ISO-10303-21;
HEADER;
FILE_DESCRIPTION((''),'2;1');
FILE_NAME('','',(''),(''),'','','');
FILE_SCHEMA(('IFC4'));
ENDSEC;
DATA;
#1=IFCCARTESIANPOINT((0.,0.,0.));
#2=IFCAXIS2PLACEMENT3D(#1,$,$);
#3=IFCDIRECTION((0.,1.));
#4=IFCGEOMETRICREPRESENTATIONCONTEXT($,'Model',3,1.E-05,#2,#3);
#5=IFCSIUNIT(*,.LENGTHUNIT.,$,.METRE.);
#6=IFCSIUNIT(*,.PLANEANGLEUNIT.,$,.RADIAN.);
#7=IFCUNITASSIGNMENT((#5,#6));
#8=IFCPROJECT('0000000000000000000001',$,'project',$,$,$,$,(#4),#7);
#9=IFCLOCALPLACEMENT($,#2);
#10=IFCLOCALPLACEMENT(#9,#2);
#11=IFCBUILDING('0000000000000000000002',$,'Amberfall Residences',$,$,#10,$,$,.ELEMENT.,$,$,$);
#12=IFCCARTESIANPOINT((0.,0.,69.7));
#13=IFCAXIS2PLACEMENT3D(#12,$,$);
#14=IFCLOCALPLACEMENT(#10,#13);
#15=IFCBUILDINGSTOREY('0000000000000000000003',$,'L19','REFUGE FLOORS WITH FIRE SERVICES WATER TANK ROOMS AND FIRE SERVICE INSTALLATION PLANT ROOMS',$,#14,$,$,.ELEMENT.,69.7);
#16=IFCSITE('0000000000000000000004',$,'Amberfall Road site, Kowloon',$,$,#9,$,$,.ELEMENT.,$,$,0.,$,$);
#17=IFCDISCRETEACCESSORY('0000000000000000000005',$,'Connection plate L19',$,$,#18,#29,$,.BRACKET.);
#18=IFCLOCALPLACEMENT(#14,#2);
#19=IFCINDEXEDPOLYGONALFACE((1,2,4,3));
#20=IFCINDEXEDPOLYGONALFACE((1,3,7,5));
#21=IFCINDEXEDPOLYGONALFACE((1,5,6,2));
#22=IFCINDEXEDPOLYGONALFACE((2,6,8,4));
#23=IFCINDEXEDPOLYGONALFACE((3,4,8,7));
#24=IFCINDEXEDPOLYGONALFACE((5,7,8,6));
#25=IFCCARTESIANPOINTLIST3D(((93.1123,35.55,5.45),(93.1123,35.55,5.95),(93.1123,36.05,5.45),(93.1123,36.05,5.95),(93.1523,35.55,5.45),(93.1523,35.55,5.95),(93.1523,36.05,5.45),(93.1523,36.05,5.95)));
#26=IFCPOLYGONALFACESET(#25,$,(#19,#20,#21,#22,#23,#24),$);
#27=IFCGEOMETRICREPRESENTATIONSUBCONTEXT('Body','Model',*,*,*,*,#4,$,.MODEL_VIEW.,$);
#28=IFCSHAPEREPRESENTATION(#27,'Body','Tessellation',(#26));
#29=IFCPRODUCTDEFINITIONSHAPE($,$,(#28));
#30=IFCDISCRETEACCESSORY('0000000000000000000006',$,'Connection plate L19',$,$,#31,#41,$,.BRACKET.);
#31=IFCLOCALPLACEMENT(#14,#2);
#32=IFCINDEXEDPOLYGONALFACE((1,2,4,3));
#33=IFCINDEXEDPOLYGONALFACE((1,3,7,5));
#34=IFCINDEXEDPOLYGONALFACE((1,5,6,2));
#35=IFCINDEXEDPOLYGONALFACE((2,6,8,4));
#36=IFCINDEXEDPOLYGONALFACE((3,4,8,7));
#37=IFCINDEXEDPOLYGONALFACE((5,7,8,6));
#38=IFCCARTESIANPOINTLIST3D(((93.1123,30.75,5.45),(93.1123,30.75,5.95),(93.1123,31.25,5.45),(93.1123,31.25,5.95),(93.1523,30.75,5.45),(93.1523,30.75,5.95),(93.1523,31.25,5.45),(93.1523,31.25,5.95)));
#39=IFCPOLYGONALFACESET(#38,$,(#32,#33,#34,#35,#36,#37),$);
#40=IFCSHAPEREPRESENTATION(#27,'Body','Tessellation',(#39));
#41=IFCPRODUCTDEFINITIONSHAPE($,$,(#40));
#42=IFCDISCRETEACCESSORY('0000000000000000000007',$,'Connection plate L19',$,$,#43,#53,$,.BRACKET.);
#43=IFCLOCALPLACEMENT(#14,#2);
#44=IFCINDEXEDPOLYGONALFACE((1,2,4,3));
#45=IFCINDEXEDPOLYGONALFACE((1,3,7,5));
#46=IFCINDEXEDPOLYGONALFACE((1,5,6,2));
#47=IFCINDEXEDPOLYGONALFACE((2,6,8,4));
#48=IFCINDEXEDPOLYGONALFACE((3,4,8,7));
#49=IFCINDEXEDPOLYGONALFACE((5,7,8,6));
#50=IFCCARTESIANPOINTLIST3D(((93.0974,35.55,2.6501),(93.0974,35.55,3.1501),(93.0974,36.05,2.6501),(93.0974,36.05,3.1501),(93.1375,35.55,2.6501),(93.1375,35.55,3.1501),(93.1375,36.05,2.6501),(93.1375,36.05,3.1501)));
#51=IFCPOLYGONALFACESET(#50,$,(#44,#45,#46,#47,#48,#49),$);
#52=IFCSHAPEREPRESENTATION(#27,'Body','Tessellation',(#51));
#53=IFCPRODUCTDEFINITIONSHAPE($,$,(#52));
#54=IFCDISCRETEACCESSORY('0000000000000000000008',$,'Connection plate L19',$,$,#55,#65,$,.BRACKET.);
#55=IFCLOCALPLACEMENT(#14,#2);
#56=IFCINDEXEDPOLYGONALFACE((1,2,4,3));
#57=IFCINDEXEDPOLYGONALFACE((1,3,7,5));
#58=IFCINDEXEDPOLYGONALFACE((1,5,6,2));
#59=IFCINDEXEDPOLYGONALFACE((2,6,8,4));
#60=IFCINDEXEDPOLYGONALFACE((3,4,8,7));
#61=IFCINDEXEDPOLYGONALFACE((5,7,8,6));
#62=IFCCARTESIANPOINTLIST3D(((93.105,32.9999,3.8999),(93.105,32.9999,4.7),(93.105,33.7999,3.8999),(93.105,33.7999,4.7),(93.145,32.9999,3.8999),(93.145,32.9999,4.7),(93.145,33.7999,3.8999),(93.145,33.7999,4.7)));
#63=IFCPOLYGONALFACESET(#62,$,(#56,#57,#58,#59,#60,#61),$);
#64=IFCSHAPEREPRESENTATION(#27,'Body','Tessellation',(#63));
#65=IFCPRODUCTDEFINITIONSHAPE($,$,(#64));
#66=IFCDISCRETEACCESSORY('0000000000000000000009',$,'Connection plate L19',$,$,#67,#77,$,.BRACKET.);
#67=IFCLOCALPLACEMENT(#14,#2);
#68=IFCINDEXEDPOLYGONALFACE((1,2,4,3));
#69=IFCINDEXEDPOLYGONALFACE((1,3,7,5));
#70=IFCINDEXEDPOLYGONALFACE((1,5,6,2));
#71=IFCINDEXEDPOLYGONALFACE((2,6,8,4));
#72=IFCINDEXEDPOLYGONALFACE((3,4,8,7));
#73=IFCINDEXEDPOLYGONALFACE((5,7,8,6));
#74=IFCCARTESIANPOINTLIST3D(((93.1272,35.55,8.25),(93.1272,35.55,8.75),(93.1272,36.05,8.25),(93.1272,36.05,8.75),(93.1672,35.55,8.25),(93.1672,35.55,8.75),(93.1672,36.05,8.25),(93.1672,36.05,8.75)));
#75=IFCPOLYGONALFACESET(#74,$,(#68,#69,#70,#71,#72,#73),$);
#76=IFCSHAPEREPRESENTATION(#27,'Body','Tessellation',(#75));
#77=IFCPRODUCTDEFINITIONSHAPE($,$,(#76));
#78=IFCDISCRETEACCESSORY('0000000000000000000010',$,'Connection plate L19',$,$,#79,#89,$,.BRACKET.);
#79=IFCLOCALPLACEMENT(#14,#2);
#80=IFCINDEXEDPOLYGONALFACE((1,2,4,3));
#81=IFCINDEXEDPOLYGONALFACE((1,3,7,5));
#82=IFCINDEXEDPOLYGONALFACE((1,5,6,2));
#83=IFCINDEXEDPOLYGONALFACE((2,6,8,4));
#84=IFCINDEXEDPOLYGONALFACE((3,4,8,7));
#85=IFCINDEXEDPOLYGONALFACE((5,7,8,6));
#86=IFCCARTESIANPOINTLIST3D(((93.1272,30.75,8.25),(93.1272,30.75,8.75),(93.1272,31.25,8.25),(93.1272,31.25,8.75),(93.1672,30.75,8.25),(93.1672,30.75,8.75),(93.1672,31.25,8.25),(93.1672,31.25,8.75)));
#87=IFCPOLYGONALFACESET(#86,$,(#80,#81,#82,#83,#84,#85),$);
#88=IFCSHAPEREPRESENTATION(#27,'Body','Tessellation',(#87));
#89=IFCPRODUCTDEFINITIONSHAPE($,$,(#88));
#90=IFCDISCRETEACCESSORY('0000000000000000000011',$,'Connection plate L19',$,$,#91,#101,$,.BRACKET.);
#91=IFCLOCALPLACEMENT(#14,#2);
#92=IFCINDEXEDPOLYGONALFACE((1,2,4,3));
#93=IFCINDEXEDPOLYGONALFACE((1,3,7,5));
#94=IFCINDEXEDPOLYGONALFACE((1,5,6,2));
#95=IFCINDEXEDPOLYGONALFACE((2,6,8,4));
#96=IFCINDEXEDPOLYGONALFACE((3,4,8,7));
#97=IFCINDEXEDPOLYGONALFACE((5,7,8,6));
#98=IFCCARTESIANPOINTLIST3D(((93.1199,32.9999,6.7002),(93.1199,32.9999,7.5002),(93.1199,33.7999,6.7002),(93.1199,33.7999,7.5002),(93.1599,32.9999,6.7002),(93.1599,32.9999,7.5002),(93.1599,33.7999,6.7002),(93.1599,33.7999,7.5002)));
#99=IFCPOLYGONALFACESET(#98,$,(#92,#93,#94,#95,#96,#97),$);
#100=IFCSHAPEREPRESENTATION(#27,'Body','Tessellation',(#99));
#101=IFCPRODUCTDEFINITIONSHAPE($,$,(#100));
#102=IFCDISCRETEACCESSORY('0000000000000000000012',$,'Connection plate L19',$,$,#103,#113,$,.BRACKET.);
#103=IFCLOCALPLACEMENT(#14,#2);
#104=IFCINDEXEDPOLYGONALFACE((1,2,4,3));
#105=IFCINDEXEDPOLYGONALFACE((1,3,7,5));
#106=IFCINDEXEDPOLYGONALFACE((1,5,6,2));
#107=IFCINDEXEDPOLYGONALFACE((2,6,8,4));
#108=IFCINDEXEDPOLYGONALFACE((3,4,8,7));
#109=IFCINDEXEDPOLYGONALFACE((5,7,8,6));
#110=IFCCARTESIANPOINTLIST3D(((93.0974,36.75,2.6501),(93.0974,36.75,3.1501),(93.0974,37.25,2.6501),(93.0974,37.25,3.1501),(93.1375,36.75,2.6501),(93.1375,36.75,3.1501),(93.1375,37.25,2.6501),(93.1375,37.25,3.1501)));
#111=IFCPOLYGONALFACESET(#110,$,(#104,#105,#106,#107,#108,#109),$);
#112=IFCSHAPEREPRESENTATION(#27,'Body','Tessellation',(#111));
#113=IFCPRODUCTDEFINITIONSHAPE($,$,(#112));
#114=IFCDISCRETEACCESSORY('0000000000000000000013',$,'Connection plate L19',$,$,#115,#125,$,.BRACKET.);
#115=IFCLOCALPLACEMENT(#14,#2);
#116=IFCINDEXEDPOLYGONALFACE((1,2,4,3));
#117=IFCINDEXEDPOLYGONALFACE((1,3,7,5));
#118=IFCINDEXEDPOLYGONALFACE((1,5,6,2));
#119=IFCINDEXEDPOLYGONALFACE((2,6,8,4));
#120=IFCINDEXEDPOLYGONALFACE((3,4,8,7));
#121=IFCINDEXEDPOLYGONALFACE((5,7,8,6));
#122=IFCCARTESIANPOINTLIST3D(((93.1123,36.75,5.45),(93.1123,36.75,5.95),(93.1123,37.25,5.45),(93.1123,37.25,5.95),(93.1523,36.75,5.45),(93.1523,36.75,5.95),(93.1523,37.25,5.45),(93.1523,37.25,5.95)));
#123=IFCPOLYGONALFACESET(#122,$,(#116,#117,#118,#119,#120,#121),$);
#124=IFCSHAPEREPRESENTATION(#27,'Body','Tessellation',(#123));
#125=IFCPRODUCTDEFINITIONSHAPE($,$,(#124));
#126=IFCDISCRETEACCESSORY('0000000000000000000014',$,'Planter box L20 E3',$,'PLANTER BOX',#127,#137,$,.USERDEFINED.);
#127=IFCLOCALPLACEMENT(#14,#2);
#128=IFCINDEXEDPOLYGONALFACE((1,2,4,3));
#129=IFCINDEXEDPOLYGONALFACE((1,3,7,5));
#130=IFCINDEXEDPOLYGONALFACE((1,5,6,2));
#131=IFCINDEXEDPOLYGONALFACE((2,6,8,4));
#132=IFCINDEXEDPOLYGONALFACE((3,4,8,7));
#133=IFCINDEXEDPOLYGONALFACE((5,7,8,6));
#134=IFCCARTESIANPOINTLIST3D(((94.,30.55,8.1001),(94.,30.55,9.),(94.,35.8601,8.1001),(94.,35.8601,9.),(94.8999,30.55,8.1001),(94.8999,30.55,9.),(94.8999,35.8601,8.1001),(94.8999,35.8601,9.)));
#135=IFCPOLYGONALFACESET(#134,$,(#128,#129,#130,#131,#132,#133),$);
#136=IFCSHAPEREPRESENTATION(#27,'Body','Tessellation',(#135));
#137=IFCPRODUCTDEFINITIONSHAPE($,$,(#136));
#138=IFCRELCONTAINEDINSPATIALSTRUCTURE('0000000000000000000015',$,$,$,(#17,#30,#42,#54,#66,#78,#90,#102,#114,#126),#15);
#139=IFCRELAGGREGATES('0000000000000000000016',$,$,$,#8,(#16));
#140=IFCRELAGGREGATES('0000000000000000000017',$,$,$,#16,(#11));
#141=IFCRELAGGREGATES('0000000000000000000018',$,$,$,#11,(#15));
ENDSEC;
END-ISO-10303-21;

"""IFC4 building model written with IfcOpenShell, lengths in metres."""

from ifc_helpers import new_model, si_unit, direction, frame, origin, origin_2d, place, context, subcontext, project, spatial, rectangle, extrude, element, save


model = new_model("IFC4")

# Units and contexts
model_context = context("Model", 3, precision=1e-05, world=origin(), true_north=direction((0.0, 1.0)))
body_context = subcontext(model_context, "Body", "Model", "MODEL_VIEW")
ifc_project = project(units=[si_unit("LENGTHUNIT", "METRE"), si_unit("PLANEANGLEUNIT", "RADIAN")], contexts=[model_context])

# Site, building, storey
site_placement = place(None, origin())
site = spatial("IfcSite", under=ifc_project, at=site_placement, Name="Amberfall Road site, Kowloon", CompositionType="ELEMENT", RefElevation=0.0)
building_placement = place(site_placement, origin())
building = spatial("IfcBuilding", under=site, at=building_placement, Name="Amberfall Residences", CompositionType="ELEMENT")
storey_placement = place(building_placement, frame((0.0, 0.0, 69.7)))
storey = spatial("IfcBuildingStorey", under=building, at=storey_placement, Name="L19", Description="REFUGE FLOORS WITH FIRE SERVICES WATER TANK ROOMS AND FIRE SERVICE INSTALLATION PLANT ROOMS", CompositionType="ELEMENT", Elevation=69.7)

# Discrete accessories
for number, where, z_axis, x_axis, name in (
    (1, (93.1323, 35.8, 5.45), (0.0, 0.0, 1.0), (0.0, 1.0, 0.0), "Connection plate L19"),
    (2, (93.1323, 31.0, 5.45), (0.0, 0.0, 1.0), (0.0, 1.0, 0.0), "Connection plate L19"),
    (3, (93.1174, 35.8, 2.6501), (0.0, 0.0, 1.0), (0.0, 1.0, 0.0), "Connection plate L19"),
):
    element("IfcDiscreteAccessory", number, at=place(storey_placement, frame(where, z_axis=z_axis, x_axis=x_axis)), inside=storey, Name=name, PredefinedType="BRACKET", context=body_context, shape_type="SweptSolid", body=[
        extrude(rectangle(XDim=0.5, YDim=0.04, at=origin_2d()), origin(), (0.0, 0.0, 1.0), 0.5),
    ])
discrete_accessory_1_placement = place(storey_placement, frame((93.125, 33.3999, 3.8999), z_axis=(0.0, 0.0, 1.0), x_axis=(0.0, 1.0, 0.0)))
element("IfcDiscreteAccessory", 4, at=discrete_accessory_1_placement, inside=storey, Name="Connection plate L19", PredefinedType="BRACKET", context=body_context, shape_type="SweptSolid", body=[
    extrude(rectangle(XDim=0.8, YDim=0.04, at=origin_2d()), origin(), (0.0, 0.0, 1.0), 0.8),
])
for number, where, z_axis, x_axis, name in (
    (5, (93.1472, 35.8, 8.25), (0.0, 0.0, 1.0), (0.0, 1.0, 0.0), "Connection plate L19"),
    (6, (93.1472, 31.0, 8.25), (0.0, 0.0, 1.0), (0.0, 1.0, 0.0), "Connection plate L19"),
):
    element("IfcDiscreteAccessory", number, at=place(storey_placement, frame(where, z_axis=z_axis, x_axis=x_axis)), inside=storey, Name=name, PredefinedType="BRACKET", context=body_context, shape_type="SweptSolid", body=[
        extrude(rectangle(XDim=0.5, YDim=0.04, at=origin_2d()), origin(), (0.0, 0.0, 1.0), 0.5),
    ])
discrete_accessory_2_placement = place(storey_placement, frame((93.1399, 33.3999, 6.7002), z_axis=(0.0, 0.0, 1.0), x_axis=(0.0, 1.0, 0.0)))
element("IfcDiscreteAccessory", 7, at=discrete_accessory_2_placement, inside=storey, Name="Connection plate L19", PredefinedType="BRACKET", context=body_context, shape_type="SweptSolid", body=[
    extrude(rectangle(XDim=0.8, YDim=0.04, at=origin_2d()), origin(), (0.0, 0.0, 1.0), 0.8),
])
for number, where, z_axis, x_axis, name in (
    (8, (93.1174, 37.0, 2.6501), (0.0, 0.0, 1.0), (0.0, 1.0, 0.0), "Connection plate L19"),
    (9, (93.1323, 37.0, 5.45), (0.0, 0.0, 1.0), (0.0, 1.0, 0.0), "Connection plate L19"),
):
    element("IfcDiscreteAccessory", number, at=place(storey_placement, frame(where, z_axis=z_axis, x_axis=x_axis)), inside=storey, Name=name, PredefinedType="BRACKET", context=body_context, shape_type="SweptSolid", body=[
        extrude(rectangle(XDim=0.5, YDim=0.04, at=origin_2d()), origin(), (0.0, 0.0, 1.0), 0.5),
    ])
discrete_accessory_3_placement = place(storey_placement, frame((94.45, 33.2051, 8.1001), z_axis=(0.0, 0.0, 1.0), x_axis=(0.0, 1.0, 0.0)))
element("IfcDiscreteAccessory", 10, at=discrete_accessory_3_placement, inside=storey, Name="Planter box L20 E3", ObjectType="PLANTER BOX", PredefinedType="USERDEFINED", context=body_context, shape_type="SweptSolid", body=[
    extrude(rectangle(XDim=5.3101, YDim=0.8999, at=origin_2d()), origin(), (0.0, 0.0, 1.0), 0.8999),
])

save(model, "model.ifc")
